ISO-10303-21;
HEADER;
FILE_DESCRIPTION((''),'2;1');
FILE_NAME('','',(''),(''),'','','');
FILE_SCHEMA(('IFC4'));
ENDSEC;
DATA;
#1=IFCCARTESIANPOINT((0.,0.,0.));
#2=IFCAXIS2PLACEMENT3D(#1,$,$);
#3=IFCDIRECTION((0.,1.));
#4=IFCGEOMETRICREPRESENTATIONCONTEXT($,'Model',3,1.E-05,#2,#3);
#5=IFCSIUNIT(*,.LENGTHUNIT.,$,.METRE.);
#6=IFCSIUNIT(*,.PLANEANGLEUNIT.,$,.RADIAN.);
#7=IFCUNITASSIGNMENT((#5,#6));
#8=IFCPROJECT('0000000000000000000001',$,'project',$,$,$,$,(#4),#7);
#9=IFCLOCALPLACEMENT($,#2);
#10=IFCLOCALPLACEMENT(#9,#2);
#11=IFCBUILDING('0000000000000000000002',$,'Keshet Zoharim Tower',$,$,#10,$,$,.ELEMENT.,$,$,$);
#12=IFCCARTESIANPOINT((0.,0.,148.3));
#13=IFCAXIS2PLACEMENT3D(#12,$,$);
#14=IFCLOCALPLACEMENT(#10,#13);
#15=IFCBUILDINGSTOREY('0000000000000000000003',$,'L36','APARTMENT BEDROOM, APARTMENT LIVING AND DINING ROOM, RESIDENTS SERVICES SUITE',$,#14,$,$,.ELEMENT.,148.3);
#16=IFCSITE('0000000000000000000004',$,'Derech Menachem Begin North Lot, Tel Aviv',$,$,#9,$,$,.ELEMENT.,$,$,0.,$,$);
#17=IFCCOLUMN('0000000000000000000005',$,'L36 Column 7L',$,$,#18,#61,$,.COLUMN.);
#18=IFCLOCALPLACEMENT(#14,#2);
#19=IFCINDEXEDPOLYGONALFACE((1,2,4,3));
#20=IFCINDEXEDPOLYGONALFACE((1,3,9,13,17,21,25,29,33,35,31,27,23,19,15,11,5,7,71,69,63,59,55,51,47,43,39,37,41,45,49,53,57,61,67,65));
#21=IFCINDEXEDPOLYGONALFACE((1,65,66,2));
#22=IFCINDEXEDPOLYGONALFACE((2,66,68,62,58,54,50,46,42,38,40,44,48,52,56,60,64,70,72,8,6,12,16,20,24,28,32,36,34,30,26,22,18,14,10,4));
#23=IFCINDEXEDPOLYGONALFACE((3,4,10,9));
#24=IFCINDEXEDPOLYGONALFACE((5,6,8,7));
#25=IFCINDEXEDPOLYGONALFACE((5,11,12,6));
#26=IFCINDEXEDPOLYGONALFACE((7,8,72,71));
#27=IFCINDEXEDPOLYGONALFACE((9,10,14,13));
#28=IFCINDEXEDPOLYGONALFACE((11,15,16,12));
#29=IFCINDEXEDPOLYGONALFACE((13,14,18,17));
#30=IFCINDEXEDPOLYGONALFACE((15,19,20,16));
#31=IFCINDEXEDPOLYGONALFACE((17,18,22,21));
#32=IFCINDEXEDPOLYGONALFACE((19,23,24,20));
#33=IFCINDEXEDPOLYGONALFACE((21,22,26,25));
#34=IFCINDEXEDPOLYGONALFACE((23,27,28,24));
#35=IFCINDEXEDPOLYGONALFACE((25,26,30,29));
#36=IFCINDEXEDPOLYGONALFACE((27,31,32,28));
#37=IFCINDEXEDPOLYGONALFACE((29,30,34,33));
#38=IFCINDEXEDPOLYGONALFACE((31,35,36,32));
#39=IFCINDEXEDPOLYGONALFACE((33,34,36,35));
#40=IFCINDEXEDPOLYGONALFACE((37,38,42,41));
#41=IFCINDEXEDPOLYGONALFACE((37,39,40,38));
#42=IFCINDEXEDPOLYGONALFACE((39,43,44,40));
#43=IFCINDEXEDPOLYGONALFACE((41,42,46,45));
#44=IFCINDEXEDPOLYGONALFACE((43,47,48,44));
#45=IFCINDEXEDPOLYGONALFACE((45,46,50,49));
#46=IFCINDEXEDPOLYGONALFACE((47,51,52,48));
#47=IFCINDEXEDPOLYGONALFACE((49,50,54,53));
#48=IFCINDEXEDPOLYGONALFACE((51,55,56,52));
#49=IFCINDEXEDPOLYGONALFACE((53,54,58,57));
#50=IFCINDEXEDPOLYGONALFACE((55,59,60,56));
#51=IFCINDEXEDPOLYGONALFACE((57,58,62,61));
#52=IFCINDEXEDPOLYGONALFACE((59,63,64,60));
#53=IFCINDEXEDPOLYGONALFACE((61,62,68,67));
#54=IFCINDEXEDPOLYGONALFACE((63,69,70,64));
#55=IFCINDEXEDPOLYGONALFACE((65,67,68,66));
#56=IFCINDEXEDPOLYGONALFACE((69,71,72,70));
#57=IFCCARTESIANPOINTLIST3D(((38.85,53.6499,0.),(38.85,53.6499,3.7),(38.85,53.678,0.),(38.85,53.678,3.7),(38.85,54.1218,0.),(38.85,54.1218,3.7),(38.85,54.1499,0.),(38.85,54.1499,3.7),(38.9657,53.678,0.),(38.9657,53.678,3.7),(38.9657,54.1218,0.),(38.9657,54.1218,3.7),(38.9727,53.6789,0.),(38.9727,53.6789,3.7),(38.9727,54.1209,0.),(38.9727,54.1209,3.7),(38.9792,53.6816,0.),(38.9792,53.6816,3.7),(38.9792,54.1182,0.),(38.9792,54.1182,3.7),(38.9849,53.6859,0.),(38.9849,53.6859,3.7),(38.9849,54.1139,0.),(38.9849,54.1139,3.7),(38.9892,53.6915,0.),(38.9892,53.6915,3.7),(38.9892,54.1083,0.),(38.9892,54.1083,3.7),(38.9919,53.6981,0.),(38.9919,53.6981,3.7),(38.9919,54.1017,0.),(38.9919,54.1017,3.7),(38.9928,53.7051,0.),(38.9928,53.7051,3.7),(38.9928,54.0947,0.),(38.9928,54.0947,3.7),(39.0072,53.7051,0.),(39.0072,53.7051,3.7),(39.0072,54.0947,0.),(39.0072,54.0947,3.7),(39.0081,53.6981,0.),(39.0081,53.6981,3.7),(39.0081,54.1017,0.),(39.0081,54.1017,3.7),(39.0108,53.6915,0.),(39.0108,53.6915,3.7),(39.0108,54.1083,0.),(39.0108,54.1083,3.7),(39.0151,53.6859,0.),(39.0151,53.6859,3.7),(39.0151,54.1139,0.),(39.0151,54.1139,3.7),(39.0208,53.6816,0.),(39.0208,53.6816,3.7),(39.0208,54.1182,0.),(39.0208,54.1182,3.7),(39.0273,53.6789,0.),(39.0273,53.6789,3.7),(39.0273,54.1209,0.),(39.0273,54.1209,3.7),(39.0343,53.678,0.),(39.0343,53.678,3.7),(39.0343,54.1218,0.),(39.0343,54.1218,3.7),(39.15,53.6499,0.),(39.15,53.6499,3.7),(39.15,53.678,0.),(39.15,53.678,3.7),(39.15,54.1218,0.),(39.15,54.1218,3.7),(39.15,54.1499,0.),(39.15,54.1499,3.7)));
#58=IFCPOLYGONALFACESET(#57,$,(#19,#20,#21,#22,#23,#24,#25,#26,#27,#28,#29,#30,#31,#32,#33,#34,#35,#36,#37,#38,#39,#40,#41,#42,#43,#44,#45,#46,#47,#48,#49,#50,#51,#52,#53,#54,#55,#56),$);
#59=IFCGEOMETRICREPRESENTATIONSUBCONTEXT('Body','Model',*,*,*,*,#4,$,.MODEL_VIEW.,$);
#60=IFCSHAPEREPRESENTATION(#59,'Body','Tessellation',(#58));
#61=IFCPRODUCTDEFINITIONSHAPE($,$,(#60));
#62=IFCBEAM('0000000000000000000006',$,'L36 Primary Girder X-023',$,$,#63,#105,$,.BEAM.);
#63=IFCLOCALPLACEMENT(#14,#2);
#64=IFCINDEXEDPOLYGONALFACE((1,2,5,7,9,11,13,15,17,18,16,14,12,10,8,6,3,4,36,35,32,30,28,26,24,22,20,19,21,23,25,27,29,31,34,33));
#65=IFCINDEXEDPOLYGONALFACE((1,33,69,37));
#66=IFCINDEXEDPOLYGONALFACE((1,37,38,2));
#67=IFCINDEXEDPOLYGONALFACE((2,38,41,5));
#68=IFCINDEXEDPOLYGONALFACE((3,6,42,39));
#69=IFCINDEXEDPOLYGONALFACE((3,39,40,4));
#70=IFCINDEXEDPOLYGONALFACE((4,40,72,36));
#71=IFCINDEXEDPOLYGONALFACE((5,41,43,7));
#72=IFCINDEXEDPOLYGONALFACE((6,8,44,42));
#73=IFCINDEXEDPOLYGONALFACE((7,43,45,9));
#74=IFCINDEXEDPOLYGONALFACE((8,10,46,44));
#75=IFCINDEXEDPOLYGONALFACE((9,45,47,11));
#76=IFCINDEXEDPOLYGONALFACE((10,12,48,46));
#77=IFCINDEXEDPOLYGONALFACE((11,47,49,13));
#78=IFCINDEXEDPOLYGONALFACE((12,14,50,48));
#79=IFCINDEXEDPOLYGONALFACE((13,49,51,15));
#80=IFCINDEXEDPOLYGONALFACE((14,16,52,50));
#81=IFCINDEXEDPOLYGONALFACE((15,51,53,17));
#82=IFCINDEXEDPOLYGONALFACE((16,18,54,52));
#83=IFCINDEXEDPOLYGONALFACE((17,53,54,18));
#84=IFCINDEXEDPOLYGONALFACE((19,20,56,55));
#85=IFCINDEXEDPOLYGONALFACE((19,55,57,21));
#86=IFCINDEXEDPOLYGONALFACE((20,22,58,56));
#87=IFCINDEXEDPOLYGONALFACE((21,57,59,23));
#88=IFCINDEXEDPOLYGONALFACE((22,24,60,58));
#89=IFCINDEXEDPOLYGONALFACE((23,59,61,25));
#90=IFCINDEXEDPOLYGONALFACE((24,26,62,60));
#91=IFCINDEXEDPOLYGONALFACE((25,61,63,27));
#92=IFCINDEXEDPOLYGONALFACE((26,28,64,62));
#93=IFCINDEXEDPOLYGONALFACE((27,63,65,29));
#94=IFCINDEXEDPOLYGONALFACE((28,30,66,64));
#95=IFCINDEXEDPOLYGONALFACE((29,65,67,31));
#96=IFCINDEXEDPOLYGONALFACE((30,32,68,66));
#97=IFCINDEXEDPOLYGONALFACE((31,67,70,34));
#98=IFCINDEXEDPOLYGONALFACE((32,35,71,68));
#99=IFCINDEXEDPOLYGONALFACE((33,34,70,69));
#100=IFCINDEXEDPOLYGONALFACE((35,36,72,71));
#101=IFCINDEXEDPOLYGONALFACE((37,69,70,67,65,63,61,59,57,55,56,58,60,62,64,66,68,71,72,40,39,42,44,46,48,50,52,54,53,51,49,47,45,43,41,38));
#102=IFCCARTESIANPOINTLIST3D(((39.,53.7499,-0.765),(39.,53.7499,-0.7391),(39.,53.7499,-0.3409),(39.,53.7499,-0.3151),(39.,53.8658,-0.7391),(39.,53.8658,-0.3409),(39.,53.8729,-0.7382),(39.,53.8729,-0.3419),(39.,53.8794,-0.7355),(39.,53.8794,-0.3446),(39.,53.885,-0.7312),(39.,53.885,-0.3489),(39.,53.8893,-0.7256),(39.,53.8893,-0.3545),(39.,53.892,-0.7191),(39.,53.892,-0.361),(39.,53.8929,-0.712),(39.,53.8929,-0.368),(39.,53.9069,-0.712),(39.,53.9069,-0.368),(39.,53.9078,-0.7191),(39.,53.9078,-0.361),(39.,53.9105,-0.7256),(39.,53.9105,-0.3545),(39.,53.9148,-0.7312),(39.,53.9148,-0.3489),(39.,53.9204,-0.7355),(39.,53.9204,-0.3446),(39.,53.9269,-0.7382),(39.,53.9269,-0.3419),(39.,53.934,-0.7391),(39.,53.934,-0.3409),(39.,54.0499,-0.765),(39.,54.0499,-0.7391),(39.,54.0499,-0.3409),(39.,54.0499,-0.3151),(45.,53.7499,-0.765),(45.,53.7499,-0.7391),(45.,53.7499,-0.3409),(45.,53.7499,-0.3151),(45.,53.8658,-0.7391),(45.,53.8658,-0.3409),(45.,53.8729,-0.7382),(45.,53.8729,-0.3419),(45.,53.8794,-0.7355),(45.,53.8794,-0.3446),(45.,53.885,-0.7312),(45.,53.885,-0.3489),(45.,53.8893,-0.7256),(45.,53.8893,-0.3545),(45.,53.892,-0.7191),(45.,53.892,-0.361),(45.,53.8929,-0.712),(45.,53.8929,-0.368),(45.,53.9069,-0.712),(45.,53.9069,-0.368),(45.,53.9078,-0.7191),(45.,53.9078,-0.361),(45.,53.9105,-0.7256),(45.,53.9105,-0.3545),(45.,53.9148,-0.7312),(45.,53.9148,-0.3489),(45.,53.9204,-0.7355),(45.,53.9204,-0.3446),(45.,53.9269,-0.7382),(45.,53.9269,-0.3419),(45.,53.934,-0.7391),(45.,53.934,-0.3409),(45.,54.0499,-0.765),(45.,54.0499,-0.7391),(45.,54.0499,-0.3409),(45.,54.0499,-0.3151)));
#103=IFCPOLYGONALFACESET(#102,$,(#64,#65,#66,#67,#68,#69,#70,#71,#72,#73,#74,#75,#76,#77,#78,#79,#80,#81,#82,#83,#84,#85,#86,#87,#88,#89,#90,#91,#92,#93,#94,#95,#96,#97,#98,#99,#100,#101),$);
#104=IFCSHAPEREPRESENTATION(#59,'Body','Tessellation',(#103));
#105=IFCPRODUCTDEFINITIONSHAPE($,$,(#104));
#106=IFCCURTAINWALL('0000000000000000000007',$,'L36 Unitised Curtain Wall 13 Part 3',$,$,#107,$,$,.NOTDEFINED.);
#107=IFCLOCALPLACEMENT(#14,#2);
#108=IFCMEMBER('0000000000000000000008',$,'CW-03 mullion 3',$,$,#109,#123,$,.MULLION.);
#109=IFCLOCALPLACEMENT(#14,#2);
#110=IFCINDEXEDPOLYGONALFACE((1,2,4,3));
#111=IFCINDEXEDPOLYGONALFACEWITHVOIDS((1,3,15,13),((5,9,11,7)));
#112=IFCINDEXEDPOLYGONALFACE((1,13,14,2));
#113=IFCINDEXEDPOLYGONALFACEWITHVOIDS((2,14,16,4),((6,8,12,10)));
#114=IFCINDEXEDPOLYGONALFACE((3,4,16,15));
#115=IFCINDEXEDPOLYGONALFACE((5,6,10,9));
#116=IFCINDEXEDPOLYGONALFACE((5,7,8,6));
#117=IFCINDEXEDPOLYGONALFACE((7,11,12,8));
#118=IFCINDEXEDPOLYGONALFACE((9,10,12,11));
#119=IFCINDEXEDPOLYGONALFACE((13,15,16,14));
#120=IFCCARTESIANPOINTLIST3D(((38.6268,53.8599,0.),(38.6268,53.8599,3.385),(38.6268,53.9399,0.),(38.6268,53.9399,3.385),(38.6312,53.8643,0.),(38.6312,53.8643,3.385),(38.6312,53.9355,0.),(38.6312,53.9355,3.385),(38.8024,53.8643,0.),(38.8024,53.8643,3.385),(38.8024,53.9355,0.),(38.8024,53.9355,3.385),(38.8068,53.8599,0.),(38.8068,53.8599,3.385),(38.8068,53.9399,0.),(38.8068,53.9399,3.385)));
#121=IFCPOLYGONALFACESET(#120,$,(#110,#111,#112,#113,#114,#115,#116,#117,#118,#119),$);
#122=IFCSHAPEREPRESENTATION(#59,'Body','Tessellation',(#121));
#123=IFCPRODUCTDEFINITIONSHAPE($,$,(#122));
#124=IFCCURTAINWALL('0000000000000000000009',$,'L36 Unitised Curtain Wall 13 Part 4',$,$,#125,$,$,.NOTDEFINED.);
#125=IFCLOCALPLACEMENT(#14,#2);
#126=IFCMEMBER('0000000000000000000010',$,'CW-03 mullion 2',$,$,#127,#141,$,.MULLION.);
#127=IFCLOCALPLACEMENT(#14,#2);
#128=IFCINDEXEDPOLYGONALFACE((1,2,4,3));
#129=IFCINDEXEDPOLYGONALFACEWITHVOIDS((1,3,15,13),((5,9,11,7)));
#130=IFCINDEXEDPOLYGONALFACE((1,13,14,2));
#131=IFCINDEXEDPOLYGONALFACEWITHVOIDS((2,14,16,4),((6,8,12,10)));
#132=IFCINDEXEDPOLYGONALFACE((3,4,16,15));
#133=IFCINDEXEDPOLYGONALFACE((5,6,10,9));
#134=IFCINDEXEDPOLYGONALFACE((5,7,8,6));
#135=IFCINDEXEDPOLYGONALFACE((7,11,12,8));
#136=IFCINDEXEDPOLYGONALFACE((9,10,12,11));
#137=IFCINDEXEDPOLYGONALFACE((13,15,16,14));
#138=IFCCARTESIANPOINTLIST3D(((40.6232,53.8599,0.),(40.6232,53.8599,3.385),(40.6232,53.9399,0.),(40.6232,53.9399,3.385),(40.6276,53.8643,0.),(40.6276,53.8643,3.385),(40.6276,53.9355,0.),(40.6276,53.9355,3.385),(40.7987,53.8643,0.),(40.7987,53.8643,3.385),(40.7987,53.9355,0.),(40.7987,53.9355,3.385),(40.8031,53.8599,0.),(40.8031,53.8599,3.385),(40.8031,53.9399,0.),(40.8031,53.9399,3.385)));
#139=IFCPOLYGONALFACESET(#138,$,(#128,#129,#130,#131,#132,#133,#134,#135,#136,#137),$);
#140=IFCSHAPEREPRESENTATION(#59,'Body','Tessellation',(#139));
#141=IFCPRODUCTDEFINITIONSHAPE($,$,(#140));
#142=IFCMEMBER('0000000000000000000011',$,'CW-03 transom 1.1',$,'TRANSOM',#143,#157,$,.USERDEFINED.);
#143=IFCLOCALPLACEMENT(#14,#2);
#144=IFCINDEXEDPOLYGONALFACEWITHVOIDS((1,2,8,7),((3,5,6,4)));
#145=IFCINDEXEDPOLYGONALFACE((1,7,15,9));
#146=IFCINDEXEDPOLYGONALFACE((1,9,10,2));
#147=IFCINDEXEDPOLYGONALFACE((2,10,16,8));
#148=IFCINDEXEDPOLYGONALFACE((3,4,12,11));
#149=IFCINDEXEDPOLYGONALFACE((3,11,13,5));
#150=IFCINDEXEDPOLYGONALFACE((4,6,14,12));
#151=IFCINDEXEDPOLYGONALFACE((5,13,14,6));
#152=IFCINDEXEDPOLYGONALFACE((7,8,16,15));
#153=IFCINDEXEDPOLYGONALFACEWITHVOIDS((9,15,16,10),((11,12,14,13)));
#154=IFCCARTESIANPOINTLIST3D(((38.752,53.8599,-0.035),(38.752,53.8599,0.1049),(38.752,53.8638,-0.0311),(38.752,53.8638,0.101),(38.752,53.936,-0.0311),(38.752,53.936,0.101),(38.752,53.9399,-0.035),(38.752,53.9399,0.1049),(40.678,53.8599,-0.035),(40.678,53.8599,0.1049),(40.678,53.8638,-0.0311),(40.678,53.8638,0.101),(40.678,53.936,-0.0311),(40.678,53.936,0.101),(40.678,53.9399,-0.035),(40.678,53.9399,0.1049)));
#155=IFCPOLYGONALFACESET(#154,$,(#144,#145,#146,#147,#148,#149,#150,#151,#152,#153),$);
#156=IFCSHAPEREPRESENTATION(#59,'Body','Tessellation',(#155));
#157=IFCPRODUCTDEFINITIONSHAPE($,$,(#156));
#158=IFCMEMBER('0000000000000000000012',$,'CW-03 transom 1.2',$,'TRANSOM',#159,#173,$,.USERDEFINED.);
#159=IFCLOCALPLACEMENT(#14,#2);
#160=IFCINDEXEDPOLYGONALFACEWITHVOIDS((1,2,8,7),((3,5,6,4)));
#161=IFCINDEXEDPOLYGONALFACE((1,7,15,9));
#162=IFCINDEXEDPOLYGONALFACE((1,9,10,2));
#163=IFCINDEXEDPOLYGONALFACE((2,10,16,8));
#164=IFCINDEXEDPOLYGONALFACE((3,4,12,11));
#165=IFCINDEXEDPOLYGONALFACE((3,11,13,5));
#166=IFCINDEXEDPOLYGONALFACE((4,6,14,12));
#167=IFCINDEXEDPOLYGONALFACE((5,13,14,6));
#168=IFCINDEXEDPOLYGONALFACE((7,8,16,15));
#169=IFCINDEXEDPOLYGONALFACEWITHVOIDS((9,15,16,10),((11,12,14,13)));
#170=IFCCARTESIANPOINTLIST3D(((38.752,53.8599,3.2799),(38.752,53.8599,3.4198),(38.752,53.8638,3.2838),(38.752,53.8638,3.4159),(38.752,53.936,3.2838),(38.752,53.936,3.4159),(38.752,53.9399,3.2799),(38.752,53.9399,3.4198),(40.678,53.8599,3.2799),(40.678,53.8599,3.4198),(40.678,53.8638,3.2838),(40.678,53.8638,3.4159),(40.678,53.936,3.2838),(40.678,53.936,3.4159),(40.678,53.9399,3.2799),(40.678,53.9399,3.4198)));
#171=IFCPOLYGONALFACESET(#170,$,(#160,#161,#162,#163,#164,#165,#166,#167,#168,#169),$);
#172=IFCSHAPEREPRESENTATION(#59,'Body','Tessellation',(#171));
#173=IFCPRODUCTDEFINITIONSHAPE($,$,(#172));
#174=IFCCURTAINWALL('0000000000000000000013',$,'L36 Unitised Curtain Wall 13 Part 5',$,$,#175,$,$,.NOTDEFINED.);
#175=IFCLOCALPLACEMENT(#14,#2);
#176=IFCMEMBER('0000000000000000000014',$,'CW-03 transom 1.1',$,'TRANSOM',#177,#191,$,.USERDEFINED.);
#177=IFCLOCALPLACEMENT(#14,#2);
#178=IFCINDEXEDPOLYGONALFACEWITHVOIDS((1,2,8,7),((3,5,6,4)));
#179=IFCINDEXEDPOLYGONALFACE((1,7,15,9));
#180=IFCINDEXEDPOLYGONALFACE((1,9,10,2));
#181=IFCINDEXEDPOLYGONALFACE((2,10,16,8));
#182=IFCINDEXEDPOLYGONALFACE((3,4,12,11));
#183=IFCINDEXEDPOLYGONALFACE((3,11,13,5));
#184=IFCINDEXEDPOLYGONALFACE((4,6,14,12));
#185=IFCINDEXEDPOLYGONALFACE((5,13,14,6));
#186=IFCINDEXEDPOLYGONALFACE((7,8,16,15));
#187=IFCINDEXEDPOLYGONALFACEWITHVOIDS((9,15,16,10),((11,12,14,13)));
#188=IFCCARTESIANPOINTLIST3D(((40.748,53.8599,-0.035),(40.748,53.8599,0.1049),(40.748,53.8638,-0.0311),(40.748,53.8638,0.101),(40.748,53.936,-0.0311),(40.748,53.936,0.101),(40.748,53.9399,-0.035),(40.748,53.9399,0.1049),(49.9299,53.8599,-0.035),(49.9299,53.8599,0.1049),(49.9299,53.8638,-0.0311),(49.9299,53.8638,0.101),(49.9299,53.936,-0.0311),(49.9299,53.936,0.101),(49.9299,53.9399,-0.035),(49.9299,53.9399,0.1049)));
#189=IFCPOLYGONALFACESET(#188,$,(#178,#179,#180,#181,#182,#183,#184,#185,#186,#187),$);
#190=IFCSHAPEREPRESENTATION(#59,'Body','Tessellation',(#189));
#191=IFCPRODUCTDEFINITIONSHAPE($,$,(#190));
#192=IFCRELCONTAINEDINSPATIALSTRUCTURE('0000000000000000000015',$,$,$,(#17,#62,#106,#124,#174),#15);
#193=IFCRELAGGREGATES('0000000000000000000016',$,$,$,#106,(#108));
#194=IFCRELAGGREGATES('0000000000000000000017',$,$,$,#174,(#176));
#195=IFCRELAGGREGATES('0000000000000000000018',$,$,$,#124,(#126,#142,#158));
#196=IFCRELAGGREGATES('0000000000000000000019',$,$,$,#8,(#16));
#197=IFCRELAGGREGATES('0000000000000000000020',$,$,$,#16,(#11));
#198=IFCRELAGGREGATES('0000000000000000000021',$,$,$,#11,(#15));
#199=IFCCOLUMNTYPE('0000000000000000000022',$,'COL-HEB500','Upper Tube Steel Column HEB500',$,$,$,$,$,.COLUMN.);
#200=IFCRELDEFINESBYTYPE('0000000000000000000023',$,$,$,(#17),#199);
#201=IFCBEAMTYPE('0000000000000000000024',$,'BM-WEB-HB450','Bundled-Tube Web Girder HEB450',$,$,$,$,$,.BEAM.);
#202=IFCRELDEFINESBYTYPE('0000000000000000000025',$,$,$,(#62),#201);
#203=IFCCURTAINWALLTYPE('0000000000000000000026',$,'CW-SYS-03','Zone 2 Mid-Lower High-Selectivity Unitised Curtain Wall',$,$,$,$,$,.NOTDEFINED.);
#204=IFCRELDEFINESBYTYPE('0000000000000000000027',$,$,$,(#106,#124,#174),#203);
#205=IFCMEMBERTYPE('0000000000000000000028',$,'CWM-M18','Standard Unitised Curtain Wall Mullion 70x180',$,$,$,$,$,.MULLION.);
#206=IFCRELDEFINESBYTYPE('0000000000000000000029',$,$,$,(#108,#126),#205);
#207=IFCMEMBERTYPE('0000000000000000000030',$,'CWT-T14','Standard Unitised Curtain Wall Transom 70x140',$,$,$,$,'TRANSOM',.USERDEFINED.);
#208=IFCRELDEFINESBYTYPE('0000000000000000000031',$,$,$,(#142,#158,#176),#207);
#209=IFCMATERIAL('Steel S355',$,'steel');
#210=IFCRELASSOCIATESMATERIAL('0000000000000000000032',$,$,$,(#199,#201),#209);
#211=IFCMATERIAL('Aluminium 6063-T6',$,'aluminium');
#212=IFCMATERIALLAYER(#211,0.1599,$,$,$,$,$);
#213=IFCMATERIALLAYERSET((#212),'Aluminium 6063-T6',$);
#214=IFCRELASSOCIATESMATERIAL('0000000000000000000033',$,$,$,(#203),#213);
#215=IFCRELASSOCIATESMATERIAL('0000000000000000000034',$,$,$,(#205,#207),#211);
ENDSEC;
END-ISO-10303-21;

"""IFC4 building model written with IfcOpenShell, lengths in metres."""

from ifc_helpers import new_model, si_unit, direction, frame, origin, origin_2d, place, context, subcontext, project, spatial, hollow_rectangle, i_section, extrude, material, layer, layer_set, material_profile, profile_set, type_object, element, aggregate, save


model = new_model("IFC4")

# Units and contexts
model_context = context("Model", 3, precision=1e-05, world=origin(), true_north=direction((0.0, 1.0)))
body_context = subcontext(model_context, "Body", "Model", "MODEL_VIEW")
ifc_project = project(units=[si_unit("LENGTHUNIT", "METRE"), si_unit("PLANEANGLEUNIT", "RADIAN")], contexts=[model_context])

# Site, building, storey
site_placement = place(None, origin())
site = spatial("IfcSite", under=ifc_project, at=site_placement, Name="Derech Menachem Begin North Lot, Tel Aviv", CompositionType="ELEMENT", RefElevation=0.0)
building_placement = place(site_placement, origin())
building = spatial("IfcBuilding", under=site, at=building_placement, Name="Keshet Zoharim Tower", CompositionType="ELEMENT")
storey_placement = place(building_placement, frame((0.0, 0.0, 148.3)))
storey = spatial("IfcBuildingStorey", under=building, at=storey_placement, Name="L36", Description="APARTMENT BEDROOM, APARTMENT LIVING AND DINING ROOM, RESIDENTS SERVICES SUITE", CompositionType="ELEMENT", Elevation=148.3)

# Column
ifc_material_1 = material(Name="Steel S355", Category="steel")
ifc_material_profile_1 = material_profile(ifc_material_1, i_section(OverallWidth=0.3, OverallDepth=0.5, WebThickness=0.0144, FlangeThickness=0.0281, FilletRadius=0.0271, at=origin_2d()), Name="HEB500")
ifc_profile_set_1 = profile_set([ifc_material_profile_1], Name="Steel S355")
column_type = type_object("IfcColumnType", Name="COL-HEB500", Description="Upper Tube Steel Column HEB500", PredefinedType="COLUMN", material=ifc_profile_set_1)
column_placement = place(storey_placement, frame((39.0, 53.8999, 0.0), z_axis=(0.0, 0.0, 1.0), x_axis=(1.0, 0.0, 0.0)))
element("IfcColumn", 1, at=column_placement, inside=storey, type_object=column_type, Name="L36 Column 7L", PredefinedType="COLUMN", context=body_context, shape_type="SweptSolid", body=[
    extrude(i_section(OverallWidth=0.3, OverallDepth=0.5, WebThickness=0.0144, FlangeThickness=0.0281, FilletRadius=0.0271, at=origin_2d()), origin(), (0.0, 0.0, 1.0), 3.7),
])

# Beam
ifc_material_profile_2 = material_profile(ifc_material_1, i_section(OverallWidth=0.3, OverallDepth=0.45, WebThickness=0.0139, FlangeThickness=0.0259, FilletRadius=0.0271, at=origin_2d()), Name="HEB450")
ifc_profile_set_2 = profile_set([ifc_material_profile_2], Name="Steel S355")
beam_type = type_object("IfcBeamType", Name="BM-WEB-HB450", Description="Bundled-Tube Web Girder HEB450", PredefinedType="BEAM", material=ifc_profile_set_2)
beam_placement = place(storey_placement, frame((39.0, 53.8999, -0.54), z_axis=(1.0, 0.0, 0.0), x_axis=(0.0, 1.0, 0.0)))
element("IfcBeam", 2, at=beam_placement, inside=storey, type_object=beam_type, Name="L36 Primary Girder X-023", PredefinedType="BEAM", context=body_context, shape_type="SweptSolid", body=[
    extrude(i_section(OverallWidth=0.3, OverallDepth=0.45, WebThickness=0.0139, FlangeThickness=0.0259, FilletRadius=0.0271, at=origin_2d()), origin(), (0.0, 0.0, 1.0), 6.0),
])

# Curtain wall, member
ifc_material_2 = material(Name="Aluminium 6063-T6", Category="aluminium")
ifc_layer_1 = layer(ifc_material_2, 0.1599)
ifc_layer_set_1 = layer_set([ifc_layer_1], Name="Aluminium 6063-T6")
curtain_wall_type = type_object("IfcCurtainWallType", Name="CW-SYS-03", Description="Zone 2 Mid-Lower High-Selectivity Unitised Curtain Wall", PredefinedType="NOTDEFINED", material=ifc_layer_set_1)
curtain_wall_1_placement = place(storey_placement, origin())
curtain_wall_1 = element("IfcCurtainWall", 3, at=curtain_wall_1_placement, inside=storey, type_object=curtain_wall_type, Name="L36 Unitised Curtain Wall 13 Part 3", PredefinedType="NOTDEFINED")
ifc_material_profile_3 = material_profile(ifc_material_2, hollow_rectangle(XDim=0.0801, YDim=0.1799, WallThickness=0.0044, at=origin_2d()), Name="MUL-80x180")
ifc_profile_set_3 = profile_set([ifc_material_profile_3], Name="Aluminium 6063-T6")
member_type_1 = type_object("IfcMemberType", Name="CWM-M18", Description="Standard Unitised Curtain Wall Mullion 70x180", PredefinedType="MULLION", material=ifc_profile_set_3)
member_1_placement = place(storey_placement, frame((38.7168, 53.8999, 0.0), z_axis=(0.0, 0.0, 1.0), x_axis=(0.0, 1.0, 0.0)))
member_1 = element("IfcMember", 4, at=member_1_placement, type_object=member_type_1, Name="CW-03 mullion 3", PredefinedType="MULLION", context=body_context, shape_type="SweptSolid", body=[
    extrude(hollow_rectangle(XDim=0.0801, YDim=0.1799, WallThickness=0.0044, at=origin_2d()), origin(), (0.0, 0.0, 1.0), 3.385),
])
aggregate(curtain_wall_1, [member_1])

# Curtain walls, members
curtain_wall_2_placement = place(storey_placement, origin())
curtain_wall_2 = element("IfcCurtainWall", 5, at=curtain_wall_2_placement, inside=storey, type_object=curtain_wall_type, Name="L36 Unitised Curtain Wall 13 Part 4", PredefinedType="NOTDEFINED")
member_2_placement = place(storey_placement, frame((40.7131, 53.8999, 0.0), z_axis=(0.0, 0.0, 1.0), x_axis=(0.0, 1.0, 0.0)))
member_2 = element("IfcMember", 6, at=member_2_placement, type_object=member_type_1, Name="CW-03 mullion 2", PredefinedType="MULLION", context=body_context, shape_type="SweptSolid", body=[
    extrude(hollow_rectangle(XDim=0.0801, YDim=0.1799, WallThickness=0.0044, at=origin_2d()), origin(), (0.0, 0.0, 1.0), 3.385),
])
ifc_material_profile_4 = material_profile(ifc_material_2, hollow_rectangle(XDim=0.0801, YDim=0.1399, WallThickness=0.0039, at=origin_2d()), Name="TRN-80x140")
ifc_profile_set_4 = profile_set([ifc_material_profile_4], Name="Aluminium 6063-T6")
member_type_2 = type_object("IfcMemberType", Name="CWT-T14", Description="Standard Unitised Curtain Wall Transom 70x140", ElementType="TRANSOM", PredefinedType="USERDEFINED", material=ifc_profile_set_4)
member_3_placement = place(storey_placement, frame((38.752, 53.8999, 0.0349), z_axis=(1.0, 0.0, 0.0), x_axis=(0.0, 1.0, 0.0)))
member_3 = element("IfcMember", 7, at=member_3_placement, type_object=member_type_2, Name="CW-03 transom 1.1", ObjectType="TRANSOM", PredefinedType="USERDEFINED", context=body_context, shape_type="SweptSolid", body=[
    extrude(hollow_rectangle(XDim=0.0801, YDim=0.1399, WallThickness=0.0039, at=origin_2d()), origin(), (0.0, 0.0, 1.0), 1.926),
])
member_4_placement = place(storey_placement, frame((38.752, 53.8999, 3.3499), z_axis=(1.0, 0.0, 0.0), x_axis=(0.0, 1.0, 0.0)))
member_4 = element("IfcMember", 8, at=member_4_placement, type_object=member_type_2, Name="CW-03 transom 1.2", ObjectType="TRANSOM", PredefinedType="USERDEFINED", context=body_context, shape_type="SweptSolid", body=[
    extrude(hollow_rectangle(XDim=0.0801, YDim=0.1399, WallThickness=0.0039, at=origin_2d()), origin(), (0.0, 0.0, 1.0), 1.926),
])
curtain_wall_3_placement = place(storey_placement, origin())
curtain_wall_3 = element("IfcCurtainWall", 9, at=curtain_wall_3_placement, inside=storey, type_object=curtain_wall_type, Name="L36 Unitised Curtain Wall 13 Part 5", PredefinedType="NOTDEFINED")
member_5_placement = place(storey_placement, frame((40.748, 53.8999, 0.0349), z_axis=(1.0, 0.0, 0.0), x_axis=(0.0, 1.0, 0.0)))
member_5 = element("IfcMember", 10, at=member_5_placement, type_object=member_type_2, Name="CW-03 transom 1.1", ObjectType="TRANSOM", PredefinedType="USERDEFINED", context=body_context, shape_type="SweptSolid", body=[
    extrude(hollow_rectangle(XDim=0.0801, YDim=0.1399, WallThickness=0.0039, at=origin_2d()), origin(), (0.0, 0.0, 1.0), 9.1819),
])
aggregate(curtain_wall_3, [member_5])

aggregate(curtain_wall_2, [member_2, member_3, member_4])

save(model, "model.ifc")
